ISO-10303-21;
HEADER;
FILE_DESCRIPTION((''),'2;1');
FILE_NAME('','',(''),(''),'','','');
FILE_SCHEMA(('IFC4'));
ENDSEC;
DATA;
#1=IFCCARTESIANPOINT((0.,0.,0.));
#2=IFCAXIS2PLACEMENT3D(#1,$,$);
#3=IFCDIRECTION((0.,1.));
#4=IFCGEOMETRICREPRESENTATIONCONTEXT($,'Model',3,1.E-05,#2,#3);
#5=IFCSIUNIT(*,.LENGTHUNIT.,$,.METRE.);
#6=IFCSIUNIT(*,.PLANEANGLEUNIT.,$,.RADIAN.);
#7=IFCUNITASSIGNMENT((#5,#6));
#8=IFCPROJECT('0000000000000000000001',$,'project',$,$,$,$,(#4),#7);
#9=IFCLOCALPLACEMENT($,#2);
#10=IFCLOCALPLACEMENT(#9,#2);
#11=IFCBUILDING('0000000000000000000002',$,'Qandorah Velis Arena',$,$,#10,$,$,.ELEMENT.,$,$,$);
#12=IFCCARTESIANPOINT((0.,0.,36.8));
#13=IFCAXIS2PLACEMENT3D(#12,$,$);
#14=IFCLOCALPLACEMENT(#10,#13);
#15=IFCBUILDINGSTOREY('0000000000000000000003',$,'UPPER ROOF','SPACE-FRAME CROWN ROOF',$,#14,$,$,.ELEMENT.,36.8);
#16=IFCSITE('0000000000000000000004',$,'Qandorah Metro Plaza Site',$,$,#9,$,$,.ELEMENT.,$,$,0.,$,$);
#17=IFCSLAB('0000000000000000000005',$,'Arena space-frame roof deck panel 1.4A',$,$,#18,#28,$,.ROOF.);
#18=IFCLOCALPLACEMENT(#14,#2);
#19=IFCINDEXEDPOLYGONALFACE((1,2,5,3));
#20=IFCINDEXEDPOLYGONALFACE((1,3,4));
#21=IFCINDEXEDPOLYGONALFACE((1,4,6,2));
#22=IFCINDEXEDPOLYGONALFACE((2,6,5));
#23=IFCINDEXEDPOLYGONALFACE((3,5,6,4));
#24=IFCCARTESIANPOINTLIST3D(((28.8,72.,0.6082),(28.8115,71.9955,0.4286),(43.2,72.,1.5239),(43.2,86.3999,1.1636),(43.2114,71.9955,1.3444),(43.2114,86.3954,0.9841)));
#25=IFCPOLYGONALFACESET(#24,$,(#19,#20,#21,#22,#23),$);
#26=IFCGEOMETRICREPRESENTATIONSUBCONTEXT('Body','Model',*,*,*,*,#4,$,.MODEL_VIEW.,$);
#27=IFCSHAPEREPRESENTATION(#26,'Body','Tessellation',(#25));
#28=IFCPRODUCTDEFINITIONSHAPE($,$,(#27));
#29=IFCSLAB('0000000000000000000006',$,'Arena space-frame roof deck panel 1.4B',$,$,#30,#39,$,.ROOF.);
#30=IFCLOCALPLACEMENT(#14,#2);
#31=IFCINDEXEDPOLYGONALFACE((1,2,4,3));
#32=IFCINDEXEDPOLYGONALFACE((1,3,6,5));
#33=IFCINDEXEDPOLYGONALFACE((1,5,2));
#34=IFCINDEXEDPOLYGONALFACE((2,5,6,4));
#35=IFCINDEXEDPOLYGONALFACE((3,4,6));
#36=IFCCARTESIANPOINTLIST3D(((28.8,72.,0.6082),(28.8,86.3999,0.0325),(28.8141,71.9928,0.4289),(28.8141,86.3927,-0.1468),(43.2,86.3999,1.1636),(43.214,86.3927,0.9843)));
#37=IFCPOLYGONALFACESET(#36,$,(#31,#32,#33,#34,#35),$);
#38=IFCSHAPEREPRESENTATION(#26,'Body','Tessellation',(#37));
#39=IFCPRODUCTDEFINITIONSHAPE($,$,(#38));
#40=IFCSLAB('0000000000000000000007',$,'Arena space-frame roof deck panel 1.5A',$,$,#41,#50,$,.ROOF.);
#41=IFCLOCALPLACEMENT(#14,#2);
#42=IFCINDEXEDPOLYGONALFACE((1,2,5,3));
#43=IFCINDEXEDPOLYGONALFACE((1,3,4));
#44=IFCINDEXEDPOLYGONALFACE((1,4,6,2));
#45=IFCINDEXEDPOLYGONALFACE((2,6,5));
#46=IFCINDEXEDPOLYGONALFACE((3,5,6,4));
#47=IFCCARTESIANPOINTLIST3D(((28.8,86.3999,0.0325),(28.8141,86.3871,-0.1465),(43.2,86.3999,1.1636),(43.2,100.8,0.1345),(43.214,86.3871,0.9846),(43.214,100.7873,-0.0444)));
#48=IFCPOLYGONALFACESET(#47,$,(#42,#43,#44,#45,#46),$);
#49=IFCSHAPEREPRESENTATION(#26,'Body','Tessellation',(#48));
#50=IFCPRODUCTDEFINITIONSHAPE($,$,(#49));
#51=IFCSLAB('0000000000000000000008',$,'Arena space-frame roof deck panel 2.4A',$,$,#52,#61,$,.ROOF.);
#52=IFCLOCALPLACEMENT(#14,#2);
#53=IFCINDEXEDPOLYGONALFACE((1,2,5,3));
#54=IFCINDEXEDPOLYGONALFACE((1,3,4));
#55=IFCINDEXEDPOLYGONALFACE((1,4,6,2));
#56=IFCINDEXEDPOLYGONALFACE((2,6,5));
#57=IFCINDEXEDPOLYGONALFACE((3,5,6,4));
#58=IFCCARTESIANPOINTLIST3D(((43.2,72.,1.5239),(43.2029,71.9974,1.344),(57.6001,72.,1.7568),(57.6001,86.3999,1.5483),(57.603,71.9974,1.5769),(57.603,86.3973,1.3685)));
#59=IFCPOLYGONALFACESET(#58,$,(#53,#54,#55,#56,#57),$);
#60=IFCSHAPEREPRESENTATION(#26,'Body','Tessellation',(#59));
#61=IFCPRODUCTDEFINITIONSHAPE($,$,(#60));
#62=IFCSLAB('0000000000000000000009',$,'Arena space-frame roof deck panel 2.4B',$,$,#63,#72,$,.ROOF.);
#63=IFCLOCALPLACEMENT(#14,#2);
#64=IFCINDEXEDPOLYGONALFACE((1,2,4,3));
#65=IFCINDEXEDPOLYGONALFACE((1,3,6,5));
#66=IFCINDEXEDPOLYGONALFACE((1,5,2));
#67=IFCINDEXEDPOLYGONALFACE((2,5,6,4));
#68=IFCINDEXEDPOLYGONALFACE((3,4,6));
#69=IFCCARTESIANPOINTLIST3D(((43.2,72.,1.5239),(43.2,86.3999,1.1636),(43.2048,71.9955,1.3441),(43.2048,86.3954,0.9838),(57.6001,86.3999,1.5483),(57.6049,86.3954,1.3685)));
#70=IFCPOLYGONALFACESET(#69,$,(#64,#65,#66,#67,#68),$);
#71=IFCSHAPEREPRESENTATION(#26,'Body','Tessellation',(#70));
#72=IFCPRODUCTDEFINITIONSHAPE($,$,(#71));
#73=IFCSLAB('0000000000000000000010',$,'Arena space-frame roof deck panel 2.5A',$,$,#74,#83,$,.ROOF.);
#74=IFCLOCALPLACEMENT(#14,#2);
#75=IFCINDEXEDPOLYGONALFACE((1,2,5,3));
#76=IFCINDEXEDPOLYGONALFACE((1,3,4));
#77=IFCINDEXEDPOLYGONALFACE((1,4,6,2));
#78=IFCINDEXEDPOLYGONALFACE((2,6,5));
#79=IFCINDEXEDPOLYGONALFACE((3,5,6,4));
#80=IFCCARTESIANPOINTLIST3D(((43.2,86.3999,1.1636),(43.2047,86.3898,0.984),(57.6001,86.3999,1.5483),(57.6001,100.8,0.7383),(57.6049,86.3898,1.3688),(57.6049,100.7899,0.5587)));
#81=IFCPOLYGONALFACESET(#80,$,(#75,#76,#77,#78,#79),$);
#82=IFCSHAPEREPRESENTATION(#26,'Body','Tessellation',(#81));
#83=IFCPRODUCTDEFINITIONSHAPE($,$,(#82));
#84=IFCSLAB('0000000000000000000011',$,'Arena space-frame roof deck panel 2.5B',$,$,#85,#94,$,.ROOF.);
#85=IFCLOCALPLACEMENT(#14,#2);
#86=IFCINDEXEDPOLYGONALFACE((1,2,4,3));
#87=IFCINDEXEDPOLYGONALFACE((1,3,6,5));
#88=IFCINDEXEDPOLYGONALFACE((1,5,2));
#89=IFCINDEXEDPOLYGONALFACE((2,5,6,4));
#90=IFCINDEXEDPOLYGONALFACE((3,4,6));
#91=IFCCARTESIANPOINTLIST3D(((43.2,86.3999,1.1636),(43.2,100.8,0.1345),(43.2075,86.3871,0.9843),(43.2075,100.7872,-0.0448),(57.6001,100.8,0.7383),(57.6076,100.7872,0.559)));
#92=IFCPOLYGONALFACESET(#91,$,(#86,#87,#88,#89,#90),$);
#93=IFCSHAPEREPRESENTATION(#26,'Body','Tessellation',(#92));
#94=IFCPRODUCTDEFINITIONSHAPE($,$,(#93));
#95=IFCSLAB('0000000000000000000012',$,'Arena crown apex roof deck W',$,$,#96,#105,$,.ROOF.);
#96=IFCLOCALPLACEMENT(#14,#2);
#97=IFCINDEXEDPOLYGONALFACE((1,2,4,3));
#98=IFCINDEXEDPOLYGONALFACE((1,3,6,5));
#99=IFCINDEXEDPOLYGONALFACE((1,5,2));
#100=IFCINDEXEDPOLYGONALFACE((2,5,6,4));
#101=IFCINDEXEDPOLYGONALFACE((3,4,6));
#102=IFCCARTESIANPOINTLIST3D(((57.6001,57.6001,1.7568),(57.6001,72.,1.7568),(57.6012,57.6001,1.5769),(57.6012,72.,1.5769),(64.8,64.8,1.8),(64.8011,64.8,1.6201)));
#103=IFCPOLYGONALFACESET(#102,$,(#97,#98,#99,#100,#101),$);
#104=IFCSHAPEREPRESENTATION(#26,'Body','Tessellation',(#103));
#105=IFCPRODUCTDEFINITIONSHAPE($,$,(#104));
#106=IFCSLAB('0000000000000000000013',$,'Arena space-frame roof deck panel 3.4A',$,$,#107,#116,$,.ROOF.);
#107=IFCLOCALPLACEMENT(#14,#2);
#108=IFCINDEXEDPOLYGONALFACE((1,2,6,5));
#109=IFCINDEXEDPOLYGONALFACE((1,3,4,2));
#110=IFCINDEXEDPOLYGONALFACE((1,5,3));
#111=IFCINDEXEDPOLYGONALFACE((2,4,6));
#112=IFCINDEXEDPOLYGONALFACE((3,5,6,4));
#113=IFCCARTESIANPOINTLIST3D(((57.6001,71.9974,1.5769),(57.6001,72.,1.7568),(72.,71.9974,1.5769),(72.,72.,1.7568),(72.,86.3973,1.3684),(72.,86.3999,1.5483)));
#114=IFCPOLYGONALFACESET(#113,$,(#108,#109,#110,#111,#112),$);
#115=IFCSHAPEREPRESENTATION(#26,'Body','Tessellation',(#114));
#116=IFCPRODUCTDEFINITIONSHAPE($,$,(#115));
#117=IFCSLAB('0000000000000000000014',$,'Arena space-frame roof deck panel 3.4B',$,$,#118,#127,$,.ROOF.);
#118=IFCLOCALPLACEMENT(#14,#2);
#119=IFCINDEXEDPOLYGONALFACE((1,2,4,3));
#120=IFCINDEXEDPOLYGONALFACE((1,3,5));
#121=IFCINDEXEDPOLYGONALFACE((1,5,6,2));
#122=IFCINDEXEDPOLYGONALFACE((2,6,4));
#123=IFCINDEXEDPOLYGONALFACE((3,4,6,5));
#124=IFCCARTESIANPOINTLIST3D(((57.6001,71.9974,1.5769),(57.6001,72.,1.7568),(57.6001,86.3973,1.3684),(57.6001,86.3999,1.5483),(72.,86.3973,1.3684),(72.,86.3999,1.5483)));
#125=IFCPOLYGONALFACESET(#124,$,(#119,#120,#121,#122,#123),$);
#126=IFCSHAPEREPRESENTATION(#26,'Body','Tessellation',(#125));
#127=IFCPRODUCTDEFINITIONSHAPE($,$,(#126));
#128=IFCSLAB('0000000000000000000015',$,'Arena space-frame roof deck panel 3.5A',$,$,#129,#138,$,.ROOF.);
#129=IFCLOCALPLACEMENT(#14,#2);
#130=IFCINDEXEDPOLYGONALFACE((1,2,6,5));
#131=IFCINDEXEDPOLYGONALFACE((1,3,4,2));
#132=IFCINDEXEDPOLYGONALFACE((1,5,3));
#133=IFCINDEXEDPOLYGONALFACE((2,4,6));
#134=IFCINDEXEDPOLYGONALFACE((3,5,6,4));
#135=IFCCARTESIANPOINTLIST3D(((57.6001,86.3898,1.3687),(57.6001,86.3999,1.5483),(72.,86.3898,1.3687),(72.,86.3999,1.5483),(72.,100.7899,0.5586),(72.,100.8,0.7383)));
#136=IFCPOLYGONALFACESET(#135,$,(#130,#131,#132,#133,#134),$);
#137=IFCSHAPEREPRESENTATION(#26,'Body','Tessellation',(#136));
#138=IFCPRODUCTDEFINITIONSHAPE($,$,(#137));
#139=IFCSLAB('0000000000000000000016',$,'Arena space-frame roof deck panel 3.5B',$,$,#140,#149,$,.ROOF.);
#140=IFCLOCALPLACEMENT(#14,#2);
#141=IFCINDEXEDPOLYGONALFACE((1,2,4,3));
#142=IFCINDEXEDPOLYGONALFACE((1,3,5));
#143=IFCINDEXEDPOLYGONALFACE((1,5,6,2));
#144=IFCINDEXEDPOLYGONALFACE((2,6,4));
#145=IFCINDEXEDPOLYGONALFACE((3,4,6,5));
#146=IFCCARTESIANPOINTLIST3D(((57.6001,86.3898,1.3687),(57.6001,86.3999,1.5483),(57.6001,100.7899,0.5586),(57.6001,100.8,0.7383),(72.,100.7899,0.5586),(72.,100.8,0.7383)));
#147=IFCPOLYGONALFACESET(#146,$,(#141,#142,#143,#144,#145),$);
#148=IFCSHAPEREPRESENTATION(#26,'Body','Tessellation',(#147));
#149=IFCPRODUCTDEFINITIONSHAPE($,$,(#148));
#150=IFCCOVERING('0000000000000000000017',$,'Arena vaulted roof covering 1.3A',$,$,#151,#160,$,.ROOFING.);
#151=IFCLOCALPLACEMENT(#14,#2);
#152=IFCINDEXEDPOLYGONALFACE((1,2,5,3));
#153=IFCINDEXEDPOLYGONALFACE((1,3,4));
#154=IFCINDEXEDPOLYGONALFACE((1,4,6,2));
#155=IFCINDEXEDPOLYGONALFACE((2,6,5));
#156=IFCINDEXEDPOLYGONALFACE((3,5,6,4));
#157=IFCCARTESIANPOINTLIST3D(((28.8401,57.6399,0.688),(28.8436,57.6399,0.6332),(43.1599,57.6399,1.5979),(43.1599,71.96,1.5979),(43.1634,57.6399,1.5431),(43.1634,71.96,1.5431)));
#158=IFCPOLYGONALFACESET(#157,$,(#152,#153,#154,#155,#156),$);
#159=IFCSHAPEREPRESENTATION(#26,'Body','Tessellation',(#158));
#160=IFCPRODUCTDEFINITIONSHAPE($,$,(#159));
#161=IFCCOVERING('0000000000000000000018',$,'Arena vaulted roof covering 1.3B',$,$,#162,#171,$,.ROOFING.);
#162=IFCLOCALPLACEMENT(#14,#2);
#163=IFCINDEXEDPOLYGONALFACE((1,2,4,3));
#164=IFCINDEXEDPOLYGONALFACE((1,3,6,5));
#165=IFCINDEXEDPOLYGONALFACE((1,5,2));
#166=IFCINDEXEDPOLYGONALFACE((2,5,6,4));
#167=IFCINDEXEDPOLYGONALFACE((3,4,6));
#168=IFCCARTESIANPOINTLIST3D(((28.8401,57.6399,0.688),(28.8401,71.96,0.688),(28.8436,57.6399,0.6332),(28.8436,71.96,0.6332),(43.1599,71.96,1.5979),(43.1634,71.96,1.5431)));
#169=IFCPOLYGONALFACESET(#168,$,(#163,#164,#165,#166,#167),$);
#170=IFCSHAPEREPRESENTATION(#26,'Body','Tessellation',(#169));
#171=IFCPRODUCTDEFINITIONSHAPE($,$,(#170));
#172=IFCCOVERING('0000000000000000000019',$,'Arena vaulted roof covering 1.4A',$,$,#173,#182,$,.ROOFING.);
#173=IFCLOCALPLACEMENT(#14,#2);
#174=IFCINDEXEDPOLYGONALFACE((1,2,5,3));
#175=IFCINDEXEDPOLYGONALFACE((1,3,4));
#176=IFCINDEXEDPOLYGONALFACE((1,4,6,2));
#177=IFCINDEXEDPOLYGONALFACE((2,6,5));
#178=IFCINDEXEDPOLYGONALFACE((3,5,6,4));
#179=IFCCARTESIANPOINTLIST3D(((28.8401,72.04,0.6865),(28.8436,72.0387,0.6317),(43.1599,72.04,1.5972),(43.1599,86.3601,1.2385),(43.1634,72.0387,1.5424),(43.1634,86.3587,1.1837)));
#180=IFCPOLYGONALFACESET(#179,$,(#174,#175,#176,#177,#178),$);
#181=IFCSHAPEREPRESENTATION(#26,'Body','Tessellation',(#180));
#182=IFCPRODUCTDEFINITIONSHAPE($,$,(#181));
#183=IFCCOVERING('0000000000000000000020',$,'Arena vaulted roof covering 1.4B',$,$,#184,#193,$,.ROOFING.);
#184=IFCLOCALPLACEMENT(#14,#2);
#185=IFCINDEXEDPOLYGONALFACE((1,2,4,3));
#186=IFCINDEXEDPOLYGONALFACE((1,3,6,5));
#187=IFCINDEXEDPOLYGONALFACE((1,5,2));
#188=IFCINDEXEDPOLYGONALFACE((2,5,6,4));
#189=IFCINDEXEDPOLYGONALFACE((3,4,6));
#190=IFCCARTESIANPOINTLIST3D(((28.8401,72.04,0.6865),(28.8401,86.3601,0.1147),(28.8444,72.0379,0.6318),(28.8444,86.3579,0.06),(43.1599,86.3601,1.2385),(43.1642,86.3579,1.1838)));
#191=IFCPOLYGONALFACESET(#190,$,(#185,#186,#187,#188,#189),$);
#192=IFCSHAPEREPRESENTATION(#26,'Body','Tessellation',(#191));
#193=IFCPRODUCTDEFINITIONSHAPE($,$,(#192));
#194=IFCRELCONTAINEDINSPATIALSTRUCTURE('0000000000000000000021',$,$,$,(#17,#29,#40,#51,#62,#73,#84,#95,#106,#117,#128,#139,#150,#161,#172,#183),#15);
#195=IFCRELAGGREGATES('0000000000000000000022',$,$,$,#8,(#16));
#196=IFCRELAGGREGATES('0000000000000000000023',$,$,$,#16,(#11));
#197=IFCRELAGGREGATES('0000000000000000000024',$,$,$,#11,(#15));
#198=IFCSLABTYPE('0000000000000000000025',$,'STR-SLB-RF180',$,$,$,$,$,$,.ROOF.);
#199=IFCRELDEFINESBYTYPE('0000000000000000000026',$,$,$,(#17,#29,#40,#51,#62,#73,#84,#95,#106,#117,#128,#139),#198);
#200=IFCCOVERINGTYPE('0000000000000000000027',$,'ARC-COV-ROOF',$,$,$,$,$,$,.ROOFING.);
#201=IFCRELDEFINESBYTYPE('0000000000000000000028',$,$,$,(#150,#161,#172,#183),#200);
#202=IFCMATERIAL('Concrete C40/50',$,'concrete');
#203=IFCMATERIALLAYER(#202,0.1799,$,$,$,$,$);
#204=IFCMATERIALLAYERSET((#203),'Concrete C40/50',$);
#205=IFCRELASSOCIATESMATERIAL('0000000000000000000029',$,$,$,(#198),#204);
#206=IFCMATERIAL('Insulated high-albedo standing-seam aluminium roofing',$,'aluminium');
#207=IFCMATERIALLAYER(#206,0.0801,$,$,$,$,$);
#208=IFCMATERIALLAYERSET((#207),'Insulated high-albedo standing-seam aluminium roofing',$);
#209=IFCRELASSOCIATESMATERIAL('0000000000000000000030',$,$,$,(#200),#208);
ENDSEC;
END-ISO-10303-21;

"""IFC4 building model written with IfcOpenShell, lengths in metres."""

from ifc_helpers import new_model, si_unit, direction, frame, origin, place, context, subcontext, project, spatial, polyline, outline, extrude, material, layer, layer_set, type_object, element, save


model = new_model("IFC4")

# Units and contexts
model_context = context("Model", 3, precision=1e-05, world=origin(), true_north=direction((0.0, 1.0)))
body_context = subcontext(model_context, "Body", "Model", "MODEL_VIEW")
ifc_project = project(units=[si_unit("LENGTHUNIT", "METRE"), si_unit("PLANEANGLEUNIT", "RADIAN")], contexts=[model_context])

# Site, building, storey
site_placement = place(None, origin())
site = spatial("IfcSite", under=ifc_project, at=site_placement, Name="Qandorah Metro Plaza Site", CompositionType="ELEMENT", RefElevation=0.0)
building_placement = place(site_placement, origin())
building = spatial("IfcBuilding", under=site, at=building_placement, Name="Qandorah Velis Arena", CompositionType="ELEMENT")
storey_placement = place(building_placement, frame((0.0, 0.0, 36.8)))
storey = spatial("IfcBuildingStorey", under=building, at=storey_placement, Name="UPPER ROOF", Description="SPACE-FRAME CROWN ROOF", CompositionType="ELEMENT", Elevation=36.8)

# Slabs
ifc_material_1 = material(Name="Concrete C40/50", Category="concrete")
ifc_layer_1 = layer(ifc_material_1, 0.1799)
ifc_layer_set_1 = layer_set([ifc_layer_1], Name="Concrete C40/50")
slab_type = type_object("IfcSlabType", Name="STR-SLB-RF180", PredefinedType="ROOF", material=ifc_layer_set_1)
slab_1_placement = place(storey_placement, frame((28.8, 72.0, 0.6082), z_axis=(-0.063448, 0.024966, 0.997673), x_axis=(0.997984, 0.0, 0.063467)))
element("IfcSlab", 1, at=slab_1_placement, inside=storey, type_object=slab_type, Name="Arena space-frame roof deck panel 1.4A", PredefinedType="ROOF", context=body_context, shape_type="SweptSolid", body=[
    extrude(outline(polyline([(0.0, 0.0), (14.429, 0.0), (14.4061, 14.4044), (0.0, 0.0)])), origin(), (0.0, 0.0, -1.0), 0.1799),
])
slab_2_placement = place(storey_placement, frame((28.8, 72.0, 0.6082), z_axis=(-0.078246, 0.039824, 0.996138), x_axis=(0.706844, 0.706844, 0.027264)))
element("IfcSlab", 2, at=slab_2_placement, inside=storey, type_object=slab_type, Name="Arena space-frame roof deck panel 1.4B", PredefinedType="ROOF", context=body_context, shape_type="SweptSolid", body=[
    extrude(outline(polyline([(0.0, 0.0), (20.3721, 0.0), (10.1628, 10.2179), (0.0, 0.0)])), origin(), (0.0, 0.0, -1.0), 0.1799),
])
slab_3_placement = place(storey_placement, frame((28.8, 86.3999, 0.0325), z_axis=(-0.07811, 0.071062, 0.994409), x_axis=(0.996929, 0.0, 0.078308)))
element("IfcSlab", 3, at=slab_3_placement, inside=storey, type_object=slab_type, Name="Arena space-frame roof deck panel 1.5A", PredefinedType="ROOF", context=body_context, shape_type="SweptSolid", body=[
    extrude(outline(polyline([(0.0, 0.0), (14.4443, 0.0), (14.3637, 14.4366), (0.0, 0.0)])), origin(), (0.0, 0.0, -1.0), 0.1799),
])
slab_4_placement = place(storey_placement, frame((43.2, 72.0, 1.5239), z_axis=(-0.01617, 0.014476, 0.999764), x_axis=(0.999869, 0.0, 0.016172)))
element("IfcSlab", 4, at=slab_4_placement, inside=storey, type_object=slab_type, Name="Arena space-frame roof deck panel 2.4A", PredefinedType="ROOF", context=body_context, shape_type="SweptSolid", body=[
    extrude(outline(polyline([(0.0, 0.0), (14.402, 0.0), (14.3987, 14.4014), (0.0, 0.0)])), origin(), (0.0, 0.0, -1.0), 0.1799),
])
slab_5_placement = place(storey_placement, frame((43.2, 72.0, 1.5239), z_axis=(-0.026702, 0.025008, 0.999331), x_axis=(0.707112, 0.7071, 0.001199)))
element("IfcSlab", 5, at=slab_5_placement, inside=storey, type_object=slab_type, Name="Arena space-frame roof deck panel 2.4B", PredefinedType="ROOF", context=body_context, shape_type="SweptSolid", body=[
    extrude(outline(polyline([(0.0, 0.0), (20.3647, 0.0), (10.1817, 10.1892), (0.0, 0.0)])), origin(), (0.0, 0.0, -1.0), 0.1799),
])
slab_6_placement = place(storey_placement, frame((43.2, 86.3999, 1.1636), z_axis=(-0.026668, 0.056145, 0.998066), x_axis=(0.999643, 0.0, 0.02671)))
element("IfcSlab", 6, at=slab_6_placement, inside=storey, type_object=slab_type, Name="Arena space-frame roof deck panel 2.5A", PredefinedType="ROOF", context=body_context, shape_type="SweptSolid", body=[
    extrude(outline(polyline([(0.0, 0.0), (14.4053, 0.0), (14.3836, 14.4229), (0.0, 0.0)])), origin(), (0.0, 0.0, -1.0), 0.1799),
])
slab_7_placement = place(storey_placement, frame((43.2, 86.3999, 1.1636), z_axis=(-0.041784, 0.071217, 0.996585), x_axis=(0.706953, 0.706953, -0.020879)))
element("IfcSlab", 7, at=slab_7_placement, inside=storey, type_object=slab_type, Name="Arena space-frame roof deck panel 2.5B", PredefinedType="ROOF", context=body_context, shape_type="SweptSolid", body=[
    extrude(outline(polyline([(0.0, 0.0), (20.3693, 0.0), (10.2017, 10.2151), (0.0, 0.0)])), origin(), (0.0, 0.0, -1.0), 0.1799),
])
slab_8_placement = place(storey_placement, frame((57.6001, 72.0, 1.7568), z_axis=(-0.006002, 0.0, 0.999982), x_axis=(0.0, -1.0, 0.0)))
element("IfcSlab", 8, at=slab_8_placement, inside=storey, type_object=slab_type, Name="Arena crown apex roof deck W", PredefinedType="ROOF", context=body_context, shape_type="SweptSolid", body=[
    extrude(outline(polyline([(0.0, 0.0), (14.3999, 0.0), (7.2, 7.2001), (0.0, 0.0)])), origin(), (0.0, 0.0, -1.0), 0.1799),
])
slab_9_placement = place(storey_placement, frame((57.6001, 72.0, 1.7568), z_axis=(0.0, 0.014477, 0.999895), x_axis=(1.0, 0.0, 0.0)))
element("IfcSlab", 9, at=slab_9_placement, inside=storey, type_object=slab_type, Name="Arena space-frame roof deck panel 3.4A", PredefinedType="ROOF", context=body_context, shape_type="SweptSolid", body=[
    extrude(outline(polyline([(0.0, 0.0), (14.3999, 0.0), (14.3999, 14.4014), (0.0, 0.0)])), origin(), (0.0, 0.0, -1.0), 0.1799),
])
slab_10_placement = place(storey_placement, frame((57.6001, 72.0, 1.7568), z_axis=(0.0, 0.014477, 0.999895), x_axis=(0.70707, 0.70707, -0.010238)))
element("IfcSlab", 10, at=slab_10_placement, inside=storey, type_object=slab_type, Name="Arena space-frame roof deck panel 3.4B", PredefinedType="ROOF", context=body_context, shape_type="SweptSolid", body=[
    extrude(outline(polyline([(0.0, 0.0), (20.3656, 0.0), (10.1839, 10.1828), (0.0, 0.0)])), origin(), (0.0, 0.0, -1.0), 0.1799),
])
slab_11_placement = place(storey_placement, frame((57.6001, 86.3999, 1.5483), z_axis=(0.0, 0.056165, 0.998422), x_axis=(1.0, 0.0, 0.0)))
element("IfcSlab", 11, at=slab_11_placement, inside=storey, type_object=slab_type, Name="Arena space-frame roof deck panel 3.5A", PredefinedType="ROOF", context=body_context, shape_type="SweptSolid", body=[
    extrude(outline(polyline([(0.0, 0.0), (14.3999, 0.0), (14.3999, 14.4229), (0.0, 0.0)])), origin(), (0.0, 0.0, -1.0), 0.1799),
])
slab_12_placement = place(storey_placement, frame((57.6001, 86.3999, 1.5483), z_axis=(0.0, 0.056165, 0.998422), x_axis=(0.706542, 0.706554, -0.039746)))
element("IfcSlab", 12, at=slab_12_placement, inside=storey, type_object=slab_type, Name="Arena space-frame roof deck panel 3.5B", PredefinedType="ROOF", context=body_context, shape_type="SweptSolid", body=[
    extrude(outline(polyline([(0.0, 0.0), (20.3808, 0.0), (10.2067, 10.1904), (0.0, 0.0)])), origin(), (0.0, 0.0, -1.0), 0.1799),
])

# Coverings
ifc_material_2 = material(Name="Insulated high-albedo standing-seam aluminium roofing", Category="aluminium")
ifc_layer_2 = layer(ifc_material_2, 0.0801)
ifc_layer_set_2 = layer_set([ifc_layer_2], Name="Insulated high-albedo standing-seam aluminium roofing")
covering_type = type_object("IfcCoveringType", Name="ARC-COV-ROOF", PredefinedType="ROOFING", material=ifc_layer_set_2)
covering_1_placement = place(storey_placement, frame((28.8401, 57.6399, 0.688), z_axis=(-0.063414, 0.0, 0.997987), x_axis=(0.997987, 0.0, 0.063414)))
element("IfcCovering", 13, at=covering_1_placement, inside=storey, type_object=covering_type, Name="Arena vaulted roof covering 1.3A", PredefinedType="ROOFING", context=body_context, shape_type="SweptSolid", body=[
    extrude(outline(polyline([(0.0, 0.0), (14.3487, 0.0), (14.3487, 14.3201), (0.0, 0.0)])), origin(), (0.0, 0.0, -1.0), 0.0549),
])
covering_2_placement = place(storey_placement, frame((28.8401, 57.6399, 0.688), z_axis=(-0.063414, 0.0, 0.997987), x_axis=(0.706388, 0.7064, 0.044885)))
element("IfcCovering", 14, at=covering_2_placement, inside=storey, type_object=covering_type, Name="Arena vaulted roof covering 1.3B", PredefinedType="ROOFING", context=body_context, shape_type="SweptSolid", body=[
    extrude(outline(polyline([(0.0, 0.0), (20.2719, 0.0), (10.1157, 10.1359), (0.0, 0.0)])), origin(), (0.0, 0.0, -1.0), 0.0549),
])
covering_3_placement = place(storey_placement, frame((28.8401, 72.04, 0.6865), z_axis=(-0.063445, 0.024986, 0.997672), x_axis=(0.997984, 0.0, 0.063465)))
element("IfcCovering", 15, at=covering_3_placement, inside=storey, type_object=covering_type, Name="Arena vaulted roof covering 1.4A", PredefinedType="ROOFING", context=body_context, shape_type="SweptSolid", body=[
    extrude(outline(polyline([(0.0, 0.0), (14.3488, 0.0), (14.326, 14.3245), (0.0, 0.0)])), origin(), (0.0, 0.0, -1.0), 0.0549),
])
covering_4_placement = place(storey_placement, frame((28.8401, 72.04, 0.6865), z_axis=(-0.078175, 0.039775, 0.996146), x_axis=(0.706838, 0.70685, 0.027247)))
element("IfcCovering", 16, at=covering_4_placement, inside=storey, type_object=covering_type, Name="Arena vaulted roof covering 1.4B", PredefinedType="ROOFING", context=body_context, shape_type="SweptSolid", body=[
    extrude(outline(polyline([(0.0, 0.0), (20.259, 0.0), (10.1066, 10.1611), (0.0, 0.0)])), origin(), (0.0, 0.0, -1.0), 0.0549),
])

save(model, "model.ifc")
